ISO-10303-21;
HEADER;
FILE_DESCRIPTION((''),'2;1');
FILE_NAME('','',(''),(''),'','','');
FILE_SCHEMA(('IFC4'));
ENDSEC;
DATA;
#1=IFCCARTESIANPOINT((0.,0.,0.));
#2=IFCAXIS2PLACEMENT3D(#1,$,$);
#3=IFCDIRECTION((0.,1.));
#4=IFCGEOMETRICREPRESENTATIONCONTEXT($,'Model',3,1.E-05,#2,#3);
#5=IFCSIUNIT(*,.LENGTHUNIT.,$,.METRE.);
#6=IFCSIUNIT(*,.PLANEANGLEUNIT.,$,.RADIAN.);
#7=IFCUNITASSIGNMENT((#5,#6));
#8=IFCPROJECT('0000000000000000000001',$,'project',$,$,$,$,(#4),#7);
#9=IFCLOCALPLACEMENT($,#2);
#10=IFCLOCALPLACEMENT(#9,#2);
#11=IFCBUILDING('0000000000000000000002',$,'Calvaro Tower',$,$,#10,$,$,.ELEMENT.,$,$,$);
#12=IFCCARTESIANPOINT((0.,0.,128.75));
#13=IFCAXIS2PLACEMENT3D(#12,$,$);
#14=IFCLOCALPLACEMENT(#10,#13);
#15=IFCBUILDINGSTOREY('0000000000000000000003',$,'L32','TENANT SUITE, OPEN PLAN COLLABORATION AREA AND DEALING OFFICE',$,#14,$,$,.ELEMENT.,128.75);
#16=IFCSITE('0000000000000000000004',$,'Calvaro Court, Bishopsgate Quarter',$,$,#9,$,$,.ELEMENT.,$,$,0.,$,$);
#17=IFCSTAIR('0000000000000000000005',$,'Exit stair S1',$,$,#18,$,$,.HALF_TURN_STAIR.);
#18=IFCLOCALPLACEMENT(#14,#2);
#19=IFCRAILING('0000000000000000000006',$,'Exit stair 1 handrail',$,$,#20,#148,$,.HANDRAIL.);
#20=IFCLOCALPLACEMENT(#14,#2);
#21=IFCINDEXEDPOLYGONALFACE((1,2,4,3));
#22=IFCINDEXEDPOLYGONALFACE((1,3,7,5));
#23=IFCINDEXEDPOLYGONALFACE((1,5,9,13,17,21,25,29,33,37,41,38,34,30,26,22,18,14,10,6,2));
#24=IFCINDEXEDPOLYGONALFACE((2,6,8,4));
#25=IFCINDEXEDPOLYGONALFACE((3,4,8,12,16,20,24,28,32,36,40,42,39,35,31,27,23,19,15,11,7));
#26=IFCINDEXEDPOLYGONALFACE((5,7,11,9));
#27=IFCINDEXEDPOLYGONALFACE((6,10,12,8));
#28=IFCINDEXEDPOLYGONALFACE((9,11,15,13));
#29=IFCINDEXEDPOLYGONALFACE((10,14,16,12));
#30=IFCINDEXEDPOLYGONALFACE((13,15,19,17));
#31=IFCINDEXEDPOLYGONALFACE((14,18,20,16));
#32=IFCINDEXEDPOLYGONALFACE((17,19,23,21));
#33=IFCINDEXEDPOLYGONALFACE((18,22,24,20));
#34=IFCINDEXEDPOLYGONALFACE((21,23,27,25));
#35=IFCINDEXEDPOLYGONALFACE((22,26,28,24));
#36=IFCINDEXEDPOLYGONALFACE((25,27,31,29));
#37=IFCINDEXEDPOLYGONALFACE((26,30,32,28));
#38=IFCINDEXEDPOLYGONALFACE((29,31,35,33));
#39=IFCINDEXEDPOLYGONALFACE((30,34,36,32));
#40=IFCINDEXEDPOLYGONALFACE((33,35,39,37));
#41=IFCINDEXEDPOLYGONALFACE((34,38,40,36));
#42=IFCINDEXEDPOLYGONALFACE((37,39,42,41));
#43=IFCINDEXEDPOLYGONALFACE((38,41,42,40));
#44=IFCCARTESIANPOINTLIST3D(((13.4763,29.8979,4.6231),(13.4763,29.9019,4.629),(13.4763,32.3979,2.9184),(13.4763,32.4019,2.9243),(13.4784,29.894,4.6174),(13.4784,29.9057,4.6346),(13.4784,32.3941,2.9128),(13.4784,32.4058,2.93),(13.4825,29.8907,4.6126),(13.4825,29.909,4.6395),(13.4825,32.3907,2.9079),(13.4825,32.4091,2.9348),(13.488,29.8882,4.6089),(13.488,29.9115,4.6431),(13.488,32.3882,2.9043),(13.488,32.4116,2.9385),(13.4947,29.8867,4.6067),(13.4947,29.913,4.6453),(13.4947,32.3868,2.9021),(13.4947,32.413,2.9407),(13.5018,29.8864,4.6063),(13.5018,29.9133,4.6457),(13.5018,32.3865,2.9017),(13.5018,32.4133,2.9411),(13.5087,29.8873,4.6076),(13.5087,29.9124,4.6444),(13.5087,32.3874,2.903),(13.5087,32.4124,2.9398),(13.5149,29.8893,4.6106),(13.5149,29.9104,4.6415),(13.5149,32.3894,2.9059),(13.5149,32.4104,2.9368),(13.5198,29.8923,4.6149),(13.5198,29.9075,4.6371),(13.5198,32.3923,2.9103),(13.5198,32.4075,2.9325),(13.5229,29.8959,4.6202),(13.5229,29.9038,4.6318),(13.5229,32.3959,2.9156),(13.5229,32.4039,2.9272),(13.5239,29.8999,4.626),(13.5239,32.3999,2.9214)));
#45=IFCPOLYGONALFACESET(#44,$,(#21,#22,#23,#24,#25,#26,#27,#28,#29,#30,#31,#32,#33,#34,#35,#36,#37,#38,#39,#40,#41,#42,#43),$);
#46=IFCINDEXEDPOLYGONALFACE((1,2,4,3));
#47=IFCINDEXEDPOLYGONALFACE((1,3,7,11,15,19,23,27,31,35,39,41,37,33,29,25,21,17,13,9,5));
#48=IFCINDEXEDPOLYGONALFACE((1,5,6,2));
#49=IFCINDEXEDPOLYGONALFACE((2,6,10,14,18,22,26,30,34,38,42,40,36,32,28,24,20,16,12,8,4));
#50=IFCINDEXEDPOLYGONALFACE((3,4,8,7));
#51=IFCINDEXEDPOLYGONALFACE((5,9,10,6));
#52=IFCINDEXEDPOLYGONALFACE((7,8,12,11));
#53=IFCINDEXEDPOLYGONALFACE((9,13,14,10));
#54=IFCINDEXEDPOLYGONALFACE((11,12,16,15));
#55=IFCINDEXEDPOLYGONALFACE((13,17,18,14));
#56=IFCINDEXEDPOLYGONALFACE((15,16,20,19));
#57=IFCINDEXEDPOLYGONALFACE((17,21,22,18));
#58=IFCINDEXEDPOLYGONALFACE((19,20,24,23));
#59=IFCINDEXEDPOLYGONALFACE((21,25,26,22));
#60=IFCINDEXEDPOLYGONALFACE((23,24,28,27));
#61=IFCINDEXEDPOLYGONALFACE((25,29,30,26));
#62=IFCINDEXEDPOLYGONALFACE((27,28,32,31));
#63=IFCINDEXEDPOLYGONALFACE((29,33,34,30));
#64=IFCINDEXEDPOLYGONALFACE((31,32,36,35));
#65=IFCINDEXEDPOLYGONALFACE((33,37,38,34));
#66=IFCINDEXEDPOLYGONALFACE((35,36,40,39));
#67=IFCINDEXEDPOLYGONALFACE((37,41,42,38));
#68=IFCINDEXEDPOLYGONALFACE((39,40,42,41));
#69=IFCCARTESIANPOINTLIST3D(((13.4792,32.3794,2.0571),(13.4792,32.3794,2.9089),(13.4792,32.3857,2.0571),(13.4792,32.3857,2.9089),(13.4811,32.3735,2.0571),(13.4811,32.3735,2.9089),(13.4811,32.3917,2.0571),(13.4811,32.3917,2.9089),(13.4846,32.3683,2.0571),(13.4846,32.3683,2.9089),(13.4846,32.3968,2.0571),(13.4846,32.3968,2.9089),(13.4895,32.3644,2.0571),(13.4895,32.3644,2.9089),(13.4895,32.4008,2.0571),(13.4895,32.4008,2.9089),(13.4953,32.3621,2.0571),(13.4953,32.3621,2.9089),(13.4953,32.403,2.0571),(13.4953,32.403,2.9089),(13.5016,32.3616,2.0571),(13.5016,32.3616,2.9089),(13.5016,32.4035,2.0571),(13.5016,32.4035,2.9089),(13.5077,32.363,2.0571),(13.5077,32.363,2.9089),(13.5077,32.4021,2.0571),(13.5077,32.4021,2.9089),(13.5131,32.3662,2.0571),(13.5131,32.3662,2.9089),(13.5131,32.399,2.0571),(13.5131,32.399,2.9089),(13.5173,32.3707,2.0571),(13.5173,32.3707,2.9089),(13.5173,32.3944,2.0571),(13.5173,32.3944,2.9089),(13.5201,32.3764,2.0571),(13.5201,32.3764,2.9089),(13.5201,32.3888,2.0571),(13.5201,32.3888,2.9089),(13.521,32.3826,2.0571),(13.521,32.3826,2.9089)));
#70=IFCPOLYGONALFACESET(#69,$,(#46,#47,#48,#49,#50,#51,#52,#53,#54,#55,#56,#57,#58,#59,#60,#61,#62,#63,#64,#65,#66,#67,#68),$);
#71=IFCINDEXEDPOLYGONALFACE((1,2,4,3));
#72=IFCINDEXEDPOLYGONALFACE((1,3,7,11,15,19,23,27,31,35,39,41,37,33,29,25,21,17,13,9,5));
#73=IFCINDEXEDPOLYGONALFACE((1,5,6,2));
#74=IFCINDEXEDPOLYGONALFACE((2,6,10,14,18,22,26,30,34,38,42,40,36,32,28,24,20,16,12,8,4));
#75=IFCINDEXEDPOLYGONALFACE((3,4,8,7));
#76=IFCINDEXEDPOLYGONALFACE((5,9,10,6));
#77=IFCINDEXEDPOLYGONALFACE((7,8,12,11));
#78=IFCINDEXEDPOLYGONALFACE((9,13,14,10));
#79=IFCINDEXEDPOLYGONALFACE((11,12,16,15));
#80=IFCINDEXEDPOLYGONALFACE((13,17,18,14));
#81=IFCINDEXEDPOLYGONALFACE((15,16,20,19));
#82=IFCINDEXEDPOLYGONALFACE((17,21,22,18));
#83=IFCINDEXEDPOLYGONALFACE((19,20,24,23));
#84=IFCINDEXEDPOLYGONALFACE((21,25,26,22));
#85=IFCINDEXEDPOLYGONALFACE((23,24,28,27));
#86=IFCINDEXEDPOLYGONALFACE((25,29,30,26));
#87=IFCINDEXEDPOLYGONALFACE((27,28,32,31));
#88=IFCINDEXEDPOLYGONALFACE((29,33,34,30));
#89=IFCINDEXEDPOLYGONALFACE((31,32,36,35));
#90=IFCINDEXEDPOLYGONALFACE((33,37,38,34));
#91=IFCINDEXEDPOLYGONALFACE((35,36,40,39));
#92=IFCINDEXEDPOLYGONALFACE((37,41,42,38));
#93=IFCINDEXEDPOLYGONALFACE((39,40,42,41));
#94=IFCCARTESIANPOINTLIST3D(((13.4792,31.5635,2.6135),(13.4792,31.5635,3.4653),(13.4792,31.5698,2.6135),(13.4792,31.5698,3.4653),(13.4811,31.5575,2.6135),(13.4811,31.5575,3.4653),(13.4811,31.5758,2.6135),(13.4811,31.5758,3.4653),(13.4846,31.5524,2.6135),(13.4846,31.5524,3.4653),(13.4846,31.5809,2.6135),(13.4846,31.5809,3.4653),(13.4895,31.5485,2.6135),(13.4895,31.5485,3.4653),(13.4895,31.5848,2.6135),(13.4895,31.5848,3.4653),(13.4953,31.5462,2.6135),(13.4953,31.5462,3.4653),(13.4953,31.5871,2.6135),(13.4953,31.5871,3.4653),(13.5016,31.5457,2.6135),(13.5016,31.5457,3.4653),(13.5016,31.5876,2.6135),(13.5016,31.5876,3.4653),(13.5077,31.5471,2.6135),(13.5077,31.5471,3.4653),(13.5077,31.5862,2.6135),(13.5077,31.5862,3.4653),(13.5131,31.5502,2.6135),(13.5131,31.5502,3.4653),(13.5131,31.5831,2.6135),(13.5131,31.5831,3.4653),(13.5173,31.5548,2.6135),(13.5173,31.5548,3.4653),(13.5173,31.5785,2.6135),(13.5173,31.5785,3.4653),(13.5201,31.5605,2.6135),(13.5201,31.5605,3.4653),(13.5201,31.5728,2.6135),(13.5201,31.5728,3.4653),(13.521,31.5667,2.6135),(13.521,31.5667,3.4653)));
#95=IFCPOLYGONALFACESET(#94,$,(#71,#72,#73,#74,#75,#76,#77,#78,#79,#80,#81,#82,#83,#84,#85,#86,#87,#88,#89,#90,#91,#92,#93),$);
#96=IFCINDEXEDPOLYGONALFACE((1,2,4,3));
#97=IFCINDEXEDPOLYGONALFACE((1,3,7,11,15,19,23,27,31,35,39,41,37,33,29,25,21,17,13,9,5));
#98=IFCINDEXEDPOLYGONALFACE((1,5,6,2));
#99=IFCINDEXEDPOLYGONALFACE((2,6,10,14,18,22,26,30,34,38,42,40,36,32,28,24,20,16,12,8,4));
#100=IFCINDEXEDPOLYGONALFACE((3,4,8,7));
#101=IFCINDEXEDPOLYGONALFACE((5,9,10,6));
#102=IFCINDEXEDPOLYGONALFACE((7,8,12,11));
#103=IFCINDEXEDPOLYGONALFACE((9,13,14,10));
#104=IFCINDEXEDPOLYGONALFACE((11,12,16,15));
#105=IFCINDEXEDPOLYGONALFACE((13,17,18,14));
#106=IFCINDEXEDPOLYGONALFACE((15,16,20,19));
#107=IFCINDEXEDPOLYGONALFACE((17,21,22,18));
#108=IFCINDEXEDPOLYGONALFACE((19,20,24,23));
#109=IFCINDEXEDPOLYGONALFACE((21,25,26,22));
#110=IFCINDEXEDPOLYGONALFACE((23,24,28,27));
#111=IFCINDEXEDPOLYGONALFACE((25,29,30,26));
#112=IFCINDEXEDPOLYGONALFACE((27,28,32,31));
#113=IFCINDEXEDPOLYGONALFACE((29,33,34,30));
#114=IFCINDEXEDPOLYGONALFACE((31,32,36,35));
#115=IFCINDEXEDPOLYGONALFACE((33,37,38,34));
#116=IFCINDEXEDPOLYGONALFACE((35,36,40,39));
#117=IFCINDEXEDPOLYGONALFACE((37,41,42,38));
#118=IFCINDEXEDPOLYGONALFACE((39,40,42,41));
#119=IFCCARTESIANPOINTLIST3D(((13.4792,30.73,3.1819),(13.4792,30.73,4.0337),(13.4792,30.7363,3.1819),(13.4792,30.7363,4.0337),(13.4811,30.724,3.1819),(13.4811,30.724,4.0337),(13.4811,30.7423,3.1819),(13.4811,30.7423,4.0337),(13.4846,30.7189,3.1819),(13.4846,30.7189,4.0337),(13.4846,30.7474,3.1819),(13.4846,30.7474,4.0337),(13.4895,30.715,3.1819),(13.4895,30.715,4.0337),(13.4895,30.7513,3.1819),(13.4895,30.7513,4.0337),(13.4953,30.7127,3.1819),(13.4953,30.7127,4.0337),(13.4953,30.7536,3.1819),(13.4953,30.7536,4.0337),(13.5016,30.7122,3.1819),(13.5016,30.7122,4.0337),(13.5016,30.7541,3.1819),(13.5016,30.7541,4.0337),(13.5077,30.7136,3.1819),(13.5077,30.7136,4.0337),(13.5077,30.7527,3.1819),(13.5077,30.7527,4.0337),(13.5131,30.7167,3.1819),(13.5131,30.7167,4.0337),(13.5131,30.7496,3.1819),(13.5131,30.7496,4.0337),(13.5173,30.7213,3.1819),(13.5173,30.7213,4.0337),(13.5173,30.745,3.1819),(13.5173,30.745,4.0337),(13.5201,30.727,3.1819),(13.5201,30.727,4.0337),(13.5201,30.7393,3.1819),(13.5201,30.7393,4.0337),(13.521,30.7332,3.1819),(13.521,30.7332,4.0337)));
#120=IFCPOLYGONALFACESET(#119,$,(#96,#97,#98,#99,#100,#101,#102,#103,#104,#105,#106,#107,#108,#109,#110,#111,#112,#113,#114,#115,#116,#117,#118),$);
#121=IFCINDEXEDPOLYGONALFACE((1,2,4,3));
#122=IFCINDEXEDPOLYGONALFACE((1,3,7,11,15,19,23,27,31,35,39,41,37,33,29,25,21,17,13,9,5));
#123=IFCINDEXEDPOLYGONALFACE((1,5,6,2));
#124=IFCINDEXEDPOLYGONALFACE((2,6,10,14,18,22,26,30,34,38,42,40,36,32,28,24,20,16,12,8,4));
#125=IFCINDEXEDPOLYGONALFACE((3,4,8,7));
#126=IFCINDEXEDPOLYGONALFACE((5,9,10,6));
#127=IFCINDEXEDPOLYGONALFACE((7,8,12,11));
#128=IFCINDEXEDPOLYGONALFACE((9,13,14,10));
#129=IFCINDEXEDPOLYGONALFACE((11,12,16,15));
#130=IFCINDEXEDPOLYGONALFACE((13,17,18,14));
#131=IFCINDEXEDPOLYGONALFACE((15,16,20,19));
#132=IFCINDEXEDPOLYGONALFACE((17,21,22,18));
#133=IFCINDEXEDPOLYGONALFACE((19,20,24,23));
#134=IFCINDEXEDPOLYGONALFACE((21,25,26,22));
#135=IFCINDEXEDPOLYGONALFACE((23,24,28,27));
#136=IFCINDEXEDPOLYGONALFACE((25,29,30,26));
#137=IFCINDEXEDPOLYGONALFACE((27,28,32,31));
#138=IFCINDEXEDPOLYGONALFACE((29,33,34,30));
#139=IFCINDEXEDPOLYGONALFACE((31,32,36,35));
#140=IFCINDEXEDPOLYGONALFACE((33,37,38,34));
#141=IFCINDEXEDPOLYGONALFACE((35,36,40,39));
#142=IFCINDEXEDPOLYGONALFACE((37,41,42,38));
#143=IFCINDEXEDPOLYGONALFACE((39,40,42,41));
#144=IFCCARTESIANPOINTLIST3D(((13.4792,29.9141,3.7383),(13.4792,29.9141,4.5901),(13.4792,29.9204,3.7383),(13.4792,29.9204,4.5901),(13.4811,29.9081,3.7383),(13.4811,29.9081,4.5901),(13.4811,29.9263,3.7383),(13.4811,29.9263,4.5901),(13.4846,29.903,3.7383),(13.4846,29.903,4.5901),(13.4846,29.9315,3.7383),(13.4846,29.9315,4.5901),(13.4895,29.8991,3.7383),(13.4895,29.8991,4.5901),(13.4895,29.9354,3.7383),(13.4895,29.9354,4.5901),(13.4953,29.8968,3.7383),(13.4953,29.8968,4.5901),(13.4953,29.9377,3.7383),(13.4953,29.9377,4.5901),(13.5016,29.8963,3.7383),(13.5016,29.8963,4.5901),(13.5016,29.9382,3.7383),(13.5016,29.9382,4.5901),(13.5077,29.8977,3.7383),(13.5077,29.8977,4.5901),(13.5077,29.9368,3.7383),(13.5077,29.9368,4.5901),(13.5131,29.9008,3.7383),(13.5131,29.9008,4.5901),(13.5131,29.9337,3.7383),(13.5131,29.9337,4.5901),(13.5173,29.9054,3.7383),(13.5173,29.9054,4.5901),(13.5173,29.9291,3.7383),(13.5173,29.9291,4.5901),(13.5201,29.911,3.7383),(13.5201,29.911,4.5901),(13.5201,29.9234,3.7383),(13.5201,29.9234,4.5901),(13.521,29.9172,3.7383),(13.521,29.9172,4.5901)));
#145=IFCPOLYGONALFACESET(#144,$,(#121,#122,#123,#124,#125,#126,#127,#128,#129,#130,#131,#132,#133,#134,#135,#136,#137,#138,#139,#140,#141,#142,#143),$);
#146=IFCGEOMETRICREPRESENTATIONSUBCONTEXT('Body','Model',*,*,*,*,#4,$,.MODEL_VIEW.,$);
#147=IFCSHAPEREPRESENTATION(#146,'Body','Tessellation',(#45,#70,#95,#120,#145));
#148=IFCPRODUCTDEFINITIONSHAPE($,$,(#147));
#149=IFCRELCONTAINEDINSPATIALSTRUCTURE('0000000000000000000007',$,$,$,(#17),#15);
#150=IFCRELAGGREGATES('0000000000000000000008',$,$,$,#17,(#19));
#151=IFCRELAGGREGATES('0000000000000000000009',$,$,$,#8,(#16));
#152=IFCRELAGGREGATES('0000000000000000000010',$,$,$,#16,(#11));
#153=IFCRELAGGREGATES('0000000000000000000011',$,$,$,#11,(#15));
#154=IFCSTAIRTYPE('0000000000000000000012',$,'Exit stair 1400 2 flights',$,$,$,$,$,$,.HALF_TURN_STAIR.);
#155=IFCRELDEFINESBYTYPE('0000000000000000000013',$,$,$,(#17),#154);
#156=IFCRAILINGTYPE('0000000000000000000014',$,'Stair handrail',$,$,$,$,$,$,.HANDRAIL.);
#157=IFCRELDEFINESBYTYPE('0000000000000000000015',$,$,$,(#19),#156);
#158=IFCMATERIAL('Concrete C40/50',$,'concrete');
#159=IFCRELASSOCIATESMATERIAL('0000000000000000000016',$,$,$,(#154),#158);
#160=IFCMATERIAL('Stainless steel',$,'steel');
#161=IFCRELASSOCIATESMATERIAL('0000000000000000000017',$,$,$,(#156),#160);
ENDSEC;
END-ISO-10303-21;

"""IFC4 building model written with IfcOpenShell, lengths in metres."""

from ifc_helpers import new_model, si_unit, direction, frame, origin, origin_2d, place, context, subcontext, project, spatial, circle, extrude, material, type_object, element, aggregate, save


model = new_model("IFC4")

# Units and contexts
model_context = context("Model", 3, precision=1e-05, world=origin(), true_north=direction((0.0, 1.0)))
body_context = subcontext(model_context, "Body", "Model", "MODEL_VIEW")
ifc_project = project(units=[si_unit("LENGTHUNIT", "METRE"), si_unit("PLANEANGLEUNIT", "RADIAN")], contexts=[model_context])

# Site, building, storey
site_placement = place(None, origin())
site = spatial("IfcSite", under=ifc_project, at=site_placement, Name="Calvaro Court, Bishopsgate Quarter", CompositionType="ELEMENT", RefElevation=0.0)
building_placement = place(site_placement, origin())
building = spatial("IfcBuilding", under=site, at=building_placement, Name="Calvaro Tower", CompositionType="ELEMENT")
storey_placement = place(building_placement, frame((0.0, 0.0, 128.75)))
storey = spatial("IfcBuildingStorey", under=building, at=storey_placement, Name="L32", Description="TENANT SUITE, OPEN PLAN COLLABORATION AREA AND DEALING OFFICE", CompositionType="ELEMENT", Elevation=128.75)

# Stair, railing
ifc_material_1 = material(Name="Concrete C40/50", Category="concrete")
stair_type = type_object("IfcStairType", Name="Exit stair 1400 2 flights", PredefinedType="HALF_TURN_STAIR", material=ifc_material_1)
stair_placement = place(storey_placement, origin())
stair = element("IfcStair", 1, at=stair_placement, inside=storey, type_object=stair_type, Name="Exit stair S1", PredefinedType="HALF_TURN_STAIR")
ifc_material_2 = material(Name="Stainless steel", Category="steel")
railing_type = type_object("IfcRailingType", Name="Stair handrail", PredefinedType="HANDRAIL", material=ifc_material_2)
railing_1_placement = place(storey_placement, frame((13.5, 32.3999, 2.0454)))
railing_1 = element("IfcRailing", 2, at=railing_1_placement, type_object=railing_type, Name="Exit stair 1 handrail", PredefinedType="HANDRAIL", context=body_context, shape_type="SweptSolid", body=[
    extrude(circle(Radius=0.0239, at=origin_2d()), frame((0.0, 0.0, 0.876), z_axis=(0.0, -0.826221, 0.563347), x_axis=(1.0, 0.0, 0.0)), (0.0, 0.0, 1.0), 3.0259),
    extrude(circle(Radius=0.021, at=origin_2d()), frame((0.0, -0.0173, 0.0117)), (0.0, 0.0, 1.0), 0.8518),
    extrude(circle(Radius=0.021, at=origin_2d()), frame((0.0, -0.8333, 0.5681)), (0.0, 0.0, 1.0), 0.8518),
    extrude(circle(Radius=0.021, at=origin_2d()), frame((0.0, -1.6667, 1.1365)), (0.0, 0.0, 1.0), 0.8518),
    extrude(circle(Radius=0.021, at=origin_2d()), frame((0.0, -2.4827, 1.6929)), (0.0, 0.0, 1.0), 0.8518),
])
aggregate(stair, [railing_1])

save(model, "model.ifc")
